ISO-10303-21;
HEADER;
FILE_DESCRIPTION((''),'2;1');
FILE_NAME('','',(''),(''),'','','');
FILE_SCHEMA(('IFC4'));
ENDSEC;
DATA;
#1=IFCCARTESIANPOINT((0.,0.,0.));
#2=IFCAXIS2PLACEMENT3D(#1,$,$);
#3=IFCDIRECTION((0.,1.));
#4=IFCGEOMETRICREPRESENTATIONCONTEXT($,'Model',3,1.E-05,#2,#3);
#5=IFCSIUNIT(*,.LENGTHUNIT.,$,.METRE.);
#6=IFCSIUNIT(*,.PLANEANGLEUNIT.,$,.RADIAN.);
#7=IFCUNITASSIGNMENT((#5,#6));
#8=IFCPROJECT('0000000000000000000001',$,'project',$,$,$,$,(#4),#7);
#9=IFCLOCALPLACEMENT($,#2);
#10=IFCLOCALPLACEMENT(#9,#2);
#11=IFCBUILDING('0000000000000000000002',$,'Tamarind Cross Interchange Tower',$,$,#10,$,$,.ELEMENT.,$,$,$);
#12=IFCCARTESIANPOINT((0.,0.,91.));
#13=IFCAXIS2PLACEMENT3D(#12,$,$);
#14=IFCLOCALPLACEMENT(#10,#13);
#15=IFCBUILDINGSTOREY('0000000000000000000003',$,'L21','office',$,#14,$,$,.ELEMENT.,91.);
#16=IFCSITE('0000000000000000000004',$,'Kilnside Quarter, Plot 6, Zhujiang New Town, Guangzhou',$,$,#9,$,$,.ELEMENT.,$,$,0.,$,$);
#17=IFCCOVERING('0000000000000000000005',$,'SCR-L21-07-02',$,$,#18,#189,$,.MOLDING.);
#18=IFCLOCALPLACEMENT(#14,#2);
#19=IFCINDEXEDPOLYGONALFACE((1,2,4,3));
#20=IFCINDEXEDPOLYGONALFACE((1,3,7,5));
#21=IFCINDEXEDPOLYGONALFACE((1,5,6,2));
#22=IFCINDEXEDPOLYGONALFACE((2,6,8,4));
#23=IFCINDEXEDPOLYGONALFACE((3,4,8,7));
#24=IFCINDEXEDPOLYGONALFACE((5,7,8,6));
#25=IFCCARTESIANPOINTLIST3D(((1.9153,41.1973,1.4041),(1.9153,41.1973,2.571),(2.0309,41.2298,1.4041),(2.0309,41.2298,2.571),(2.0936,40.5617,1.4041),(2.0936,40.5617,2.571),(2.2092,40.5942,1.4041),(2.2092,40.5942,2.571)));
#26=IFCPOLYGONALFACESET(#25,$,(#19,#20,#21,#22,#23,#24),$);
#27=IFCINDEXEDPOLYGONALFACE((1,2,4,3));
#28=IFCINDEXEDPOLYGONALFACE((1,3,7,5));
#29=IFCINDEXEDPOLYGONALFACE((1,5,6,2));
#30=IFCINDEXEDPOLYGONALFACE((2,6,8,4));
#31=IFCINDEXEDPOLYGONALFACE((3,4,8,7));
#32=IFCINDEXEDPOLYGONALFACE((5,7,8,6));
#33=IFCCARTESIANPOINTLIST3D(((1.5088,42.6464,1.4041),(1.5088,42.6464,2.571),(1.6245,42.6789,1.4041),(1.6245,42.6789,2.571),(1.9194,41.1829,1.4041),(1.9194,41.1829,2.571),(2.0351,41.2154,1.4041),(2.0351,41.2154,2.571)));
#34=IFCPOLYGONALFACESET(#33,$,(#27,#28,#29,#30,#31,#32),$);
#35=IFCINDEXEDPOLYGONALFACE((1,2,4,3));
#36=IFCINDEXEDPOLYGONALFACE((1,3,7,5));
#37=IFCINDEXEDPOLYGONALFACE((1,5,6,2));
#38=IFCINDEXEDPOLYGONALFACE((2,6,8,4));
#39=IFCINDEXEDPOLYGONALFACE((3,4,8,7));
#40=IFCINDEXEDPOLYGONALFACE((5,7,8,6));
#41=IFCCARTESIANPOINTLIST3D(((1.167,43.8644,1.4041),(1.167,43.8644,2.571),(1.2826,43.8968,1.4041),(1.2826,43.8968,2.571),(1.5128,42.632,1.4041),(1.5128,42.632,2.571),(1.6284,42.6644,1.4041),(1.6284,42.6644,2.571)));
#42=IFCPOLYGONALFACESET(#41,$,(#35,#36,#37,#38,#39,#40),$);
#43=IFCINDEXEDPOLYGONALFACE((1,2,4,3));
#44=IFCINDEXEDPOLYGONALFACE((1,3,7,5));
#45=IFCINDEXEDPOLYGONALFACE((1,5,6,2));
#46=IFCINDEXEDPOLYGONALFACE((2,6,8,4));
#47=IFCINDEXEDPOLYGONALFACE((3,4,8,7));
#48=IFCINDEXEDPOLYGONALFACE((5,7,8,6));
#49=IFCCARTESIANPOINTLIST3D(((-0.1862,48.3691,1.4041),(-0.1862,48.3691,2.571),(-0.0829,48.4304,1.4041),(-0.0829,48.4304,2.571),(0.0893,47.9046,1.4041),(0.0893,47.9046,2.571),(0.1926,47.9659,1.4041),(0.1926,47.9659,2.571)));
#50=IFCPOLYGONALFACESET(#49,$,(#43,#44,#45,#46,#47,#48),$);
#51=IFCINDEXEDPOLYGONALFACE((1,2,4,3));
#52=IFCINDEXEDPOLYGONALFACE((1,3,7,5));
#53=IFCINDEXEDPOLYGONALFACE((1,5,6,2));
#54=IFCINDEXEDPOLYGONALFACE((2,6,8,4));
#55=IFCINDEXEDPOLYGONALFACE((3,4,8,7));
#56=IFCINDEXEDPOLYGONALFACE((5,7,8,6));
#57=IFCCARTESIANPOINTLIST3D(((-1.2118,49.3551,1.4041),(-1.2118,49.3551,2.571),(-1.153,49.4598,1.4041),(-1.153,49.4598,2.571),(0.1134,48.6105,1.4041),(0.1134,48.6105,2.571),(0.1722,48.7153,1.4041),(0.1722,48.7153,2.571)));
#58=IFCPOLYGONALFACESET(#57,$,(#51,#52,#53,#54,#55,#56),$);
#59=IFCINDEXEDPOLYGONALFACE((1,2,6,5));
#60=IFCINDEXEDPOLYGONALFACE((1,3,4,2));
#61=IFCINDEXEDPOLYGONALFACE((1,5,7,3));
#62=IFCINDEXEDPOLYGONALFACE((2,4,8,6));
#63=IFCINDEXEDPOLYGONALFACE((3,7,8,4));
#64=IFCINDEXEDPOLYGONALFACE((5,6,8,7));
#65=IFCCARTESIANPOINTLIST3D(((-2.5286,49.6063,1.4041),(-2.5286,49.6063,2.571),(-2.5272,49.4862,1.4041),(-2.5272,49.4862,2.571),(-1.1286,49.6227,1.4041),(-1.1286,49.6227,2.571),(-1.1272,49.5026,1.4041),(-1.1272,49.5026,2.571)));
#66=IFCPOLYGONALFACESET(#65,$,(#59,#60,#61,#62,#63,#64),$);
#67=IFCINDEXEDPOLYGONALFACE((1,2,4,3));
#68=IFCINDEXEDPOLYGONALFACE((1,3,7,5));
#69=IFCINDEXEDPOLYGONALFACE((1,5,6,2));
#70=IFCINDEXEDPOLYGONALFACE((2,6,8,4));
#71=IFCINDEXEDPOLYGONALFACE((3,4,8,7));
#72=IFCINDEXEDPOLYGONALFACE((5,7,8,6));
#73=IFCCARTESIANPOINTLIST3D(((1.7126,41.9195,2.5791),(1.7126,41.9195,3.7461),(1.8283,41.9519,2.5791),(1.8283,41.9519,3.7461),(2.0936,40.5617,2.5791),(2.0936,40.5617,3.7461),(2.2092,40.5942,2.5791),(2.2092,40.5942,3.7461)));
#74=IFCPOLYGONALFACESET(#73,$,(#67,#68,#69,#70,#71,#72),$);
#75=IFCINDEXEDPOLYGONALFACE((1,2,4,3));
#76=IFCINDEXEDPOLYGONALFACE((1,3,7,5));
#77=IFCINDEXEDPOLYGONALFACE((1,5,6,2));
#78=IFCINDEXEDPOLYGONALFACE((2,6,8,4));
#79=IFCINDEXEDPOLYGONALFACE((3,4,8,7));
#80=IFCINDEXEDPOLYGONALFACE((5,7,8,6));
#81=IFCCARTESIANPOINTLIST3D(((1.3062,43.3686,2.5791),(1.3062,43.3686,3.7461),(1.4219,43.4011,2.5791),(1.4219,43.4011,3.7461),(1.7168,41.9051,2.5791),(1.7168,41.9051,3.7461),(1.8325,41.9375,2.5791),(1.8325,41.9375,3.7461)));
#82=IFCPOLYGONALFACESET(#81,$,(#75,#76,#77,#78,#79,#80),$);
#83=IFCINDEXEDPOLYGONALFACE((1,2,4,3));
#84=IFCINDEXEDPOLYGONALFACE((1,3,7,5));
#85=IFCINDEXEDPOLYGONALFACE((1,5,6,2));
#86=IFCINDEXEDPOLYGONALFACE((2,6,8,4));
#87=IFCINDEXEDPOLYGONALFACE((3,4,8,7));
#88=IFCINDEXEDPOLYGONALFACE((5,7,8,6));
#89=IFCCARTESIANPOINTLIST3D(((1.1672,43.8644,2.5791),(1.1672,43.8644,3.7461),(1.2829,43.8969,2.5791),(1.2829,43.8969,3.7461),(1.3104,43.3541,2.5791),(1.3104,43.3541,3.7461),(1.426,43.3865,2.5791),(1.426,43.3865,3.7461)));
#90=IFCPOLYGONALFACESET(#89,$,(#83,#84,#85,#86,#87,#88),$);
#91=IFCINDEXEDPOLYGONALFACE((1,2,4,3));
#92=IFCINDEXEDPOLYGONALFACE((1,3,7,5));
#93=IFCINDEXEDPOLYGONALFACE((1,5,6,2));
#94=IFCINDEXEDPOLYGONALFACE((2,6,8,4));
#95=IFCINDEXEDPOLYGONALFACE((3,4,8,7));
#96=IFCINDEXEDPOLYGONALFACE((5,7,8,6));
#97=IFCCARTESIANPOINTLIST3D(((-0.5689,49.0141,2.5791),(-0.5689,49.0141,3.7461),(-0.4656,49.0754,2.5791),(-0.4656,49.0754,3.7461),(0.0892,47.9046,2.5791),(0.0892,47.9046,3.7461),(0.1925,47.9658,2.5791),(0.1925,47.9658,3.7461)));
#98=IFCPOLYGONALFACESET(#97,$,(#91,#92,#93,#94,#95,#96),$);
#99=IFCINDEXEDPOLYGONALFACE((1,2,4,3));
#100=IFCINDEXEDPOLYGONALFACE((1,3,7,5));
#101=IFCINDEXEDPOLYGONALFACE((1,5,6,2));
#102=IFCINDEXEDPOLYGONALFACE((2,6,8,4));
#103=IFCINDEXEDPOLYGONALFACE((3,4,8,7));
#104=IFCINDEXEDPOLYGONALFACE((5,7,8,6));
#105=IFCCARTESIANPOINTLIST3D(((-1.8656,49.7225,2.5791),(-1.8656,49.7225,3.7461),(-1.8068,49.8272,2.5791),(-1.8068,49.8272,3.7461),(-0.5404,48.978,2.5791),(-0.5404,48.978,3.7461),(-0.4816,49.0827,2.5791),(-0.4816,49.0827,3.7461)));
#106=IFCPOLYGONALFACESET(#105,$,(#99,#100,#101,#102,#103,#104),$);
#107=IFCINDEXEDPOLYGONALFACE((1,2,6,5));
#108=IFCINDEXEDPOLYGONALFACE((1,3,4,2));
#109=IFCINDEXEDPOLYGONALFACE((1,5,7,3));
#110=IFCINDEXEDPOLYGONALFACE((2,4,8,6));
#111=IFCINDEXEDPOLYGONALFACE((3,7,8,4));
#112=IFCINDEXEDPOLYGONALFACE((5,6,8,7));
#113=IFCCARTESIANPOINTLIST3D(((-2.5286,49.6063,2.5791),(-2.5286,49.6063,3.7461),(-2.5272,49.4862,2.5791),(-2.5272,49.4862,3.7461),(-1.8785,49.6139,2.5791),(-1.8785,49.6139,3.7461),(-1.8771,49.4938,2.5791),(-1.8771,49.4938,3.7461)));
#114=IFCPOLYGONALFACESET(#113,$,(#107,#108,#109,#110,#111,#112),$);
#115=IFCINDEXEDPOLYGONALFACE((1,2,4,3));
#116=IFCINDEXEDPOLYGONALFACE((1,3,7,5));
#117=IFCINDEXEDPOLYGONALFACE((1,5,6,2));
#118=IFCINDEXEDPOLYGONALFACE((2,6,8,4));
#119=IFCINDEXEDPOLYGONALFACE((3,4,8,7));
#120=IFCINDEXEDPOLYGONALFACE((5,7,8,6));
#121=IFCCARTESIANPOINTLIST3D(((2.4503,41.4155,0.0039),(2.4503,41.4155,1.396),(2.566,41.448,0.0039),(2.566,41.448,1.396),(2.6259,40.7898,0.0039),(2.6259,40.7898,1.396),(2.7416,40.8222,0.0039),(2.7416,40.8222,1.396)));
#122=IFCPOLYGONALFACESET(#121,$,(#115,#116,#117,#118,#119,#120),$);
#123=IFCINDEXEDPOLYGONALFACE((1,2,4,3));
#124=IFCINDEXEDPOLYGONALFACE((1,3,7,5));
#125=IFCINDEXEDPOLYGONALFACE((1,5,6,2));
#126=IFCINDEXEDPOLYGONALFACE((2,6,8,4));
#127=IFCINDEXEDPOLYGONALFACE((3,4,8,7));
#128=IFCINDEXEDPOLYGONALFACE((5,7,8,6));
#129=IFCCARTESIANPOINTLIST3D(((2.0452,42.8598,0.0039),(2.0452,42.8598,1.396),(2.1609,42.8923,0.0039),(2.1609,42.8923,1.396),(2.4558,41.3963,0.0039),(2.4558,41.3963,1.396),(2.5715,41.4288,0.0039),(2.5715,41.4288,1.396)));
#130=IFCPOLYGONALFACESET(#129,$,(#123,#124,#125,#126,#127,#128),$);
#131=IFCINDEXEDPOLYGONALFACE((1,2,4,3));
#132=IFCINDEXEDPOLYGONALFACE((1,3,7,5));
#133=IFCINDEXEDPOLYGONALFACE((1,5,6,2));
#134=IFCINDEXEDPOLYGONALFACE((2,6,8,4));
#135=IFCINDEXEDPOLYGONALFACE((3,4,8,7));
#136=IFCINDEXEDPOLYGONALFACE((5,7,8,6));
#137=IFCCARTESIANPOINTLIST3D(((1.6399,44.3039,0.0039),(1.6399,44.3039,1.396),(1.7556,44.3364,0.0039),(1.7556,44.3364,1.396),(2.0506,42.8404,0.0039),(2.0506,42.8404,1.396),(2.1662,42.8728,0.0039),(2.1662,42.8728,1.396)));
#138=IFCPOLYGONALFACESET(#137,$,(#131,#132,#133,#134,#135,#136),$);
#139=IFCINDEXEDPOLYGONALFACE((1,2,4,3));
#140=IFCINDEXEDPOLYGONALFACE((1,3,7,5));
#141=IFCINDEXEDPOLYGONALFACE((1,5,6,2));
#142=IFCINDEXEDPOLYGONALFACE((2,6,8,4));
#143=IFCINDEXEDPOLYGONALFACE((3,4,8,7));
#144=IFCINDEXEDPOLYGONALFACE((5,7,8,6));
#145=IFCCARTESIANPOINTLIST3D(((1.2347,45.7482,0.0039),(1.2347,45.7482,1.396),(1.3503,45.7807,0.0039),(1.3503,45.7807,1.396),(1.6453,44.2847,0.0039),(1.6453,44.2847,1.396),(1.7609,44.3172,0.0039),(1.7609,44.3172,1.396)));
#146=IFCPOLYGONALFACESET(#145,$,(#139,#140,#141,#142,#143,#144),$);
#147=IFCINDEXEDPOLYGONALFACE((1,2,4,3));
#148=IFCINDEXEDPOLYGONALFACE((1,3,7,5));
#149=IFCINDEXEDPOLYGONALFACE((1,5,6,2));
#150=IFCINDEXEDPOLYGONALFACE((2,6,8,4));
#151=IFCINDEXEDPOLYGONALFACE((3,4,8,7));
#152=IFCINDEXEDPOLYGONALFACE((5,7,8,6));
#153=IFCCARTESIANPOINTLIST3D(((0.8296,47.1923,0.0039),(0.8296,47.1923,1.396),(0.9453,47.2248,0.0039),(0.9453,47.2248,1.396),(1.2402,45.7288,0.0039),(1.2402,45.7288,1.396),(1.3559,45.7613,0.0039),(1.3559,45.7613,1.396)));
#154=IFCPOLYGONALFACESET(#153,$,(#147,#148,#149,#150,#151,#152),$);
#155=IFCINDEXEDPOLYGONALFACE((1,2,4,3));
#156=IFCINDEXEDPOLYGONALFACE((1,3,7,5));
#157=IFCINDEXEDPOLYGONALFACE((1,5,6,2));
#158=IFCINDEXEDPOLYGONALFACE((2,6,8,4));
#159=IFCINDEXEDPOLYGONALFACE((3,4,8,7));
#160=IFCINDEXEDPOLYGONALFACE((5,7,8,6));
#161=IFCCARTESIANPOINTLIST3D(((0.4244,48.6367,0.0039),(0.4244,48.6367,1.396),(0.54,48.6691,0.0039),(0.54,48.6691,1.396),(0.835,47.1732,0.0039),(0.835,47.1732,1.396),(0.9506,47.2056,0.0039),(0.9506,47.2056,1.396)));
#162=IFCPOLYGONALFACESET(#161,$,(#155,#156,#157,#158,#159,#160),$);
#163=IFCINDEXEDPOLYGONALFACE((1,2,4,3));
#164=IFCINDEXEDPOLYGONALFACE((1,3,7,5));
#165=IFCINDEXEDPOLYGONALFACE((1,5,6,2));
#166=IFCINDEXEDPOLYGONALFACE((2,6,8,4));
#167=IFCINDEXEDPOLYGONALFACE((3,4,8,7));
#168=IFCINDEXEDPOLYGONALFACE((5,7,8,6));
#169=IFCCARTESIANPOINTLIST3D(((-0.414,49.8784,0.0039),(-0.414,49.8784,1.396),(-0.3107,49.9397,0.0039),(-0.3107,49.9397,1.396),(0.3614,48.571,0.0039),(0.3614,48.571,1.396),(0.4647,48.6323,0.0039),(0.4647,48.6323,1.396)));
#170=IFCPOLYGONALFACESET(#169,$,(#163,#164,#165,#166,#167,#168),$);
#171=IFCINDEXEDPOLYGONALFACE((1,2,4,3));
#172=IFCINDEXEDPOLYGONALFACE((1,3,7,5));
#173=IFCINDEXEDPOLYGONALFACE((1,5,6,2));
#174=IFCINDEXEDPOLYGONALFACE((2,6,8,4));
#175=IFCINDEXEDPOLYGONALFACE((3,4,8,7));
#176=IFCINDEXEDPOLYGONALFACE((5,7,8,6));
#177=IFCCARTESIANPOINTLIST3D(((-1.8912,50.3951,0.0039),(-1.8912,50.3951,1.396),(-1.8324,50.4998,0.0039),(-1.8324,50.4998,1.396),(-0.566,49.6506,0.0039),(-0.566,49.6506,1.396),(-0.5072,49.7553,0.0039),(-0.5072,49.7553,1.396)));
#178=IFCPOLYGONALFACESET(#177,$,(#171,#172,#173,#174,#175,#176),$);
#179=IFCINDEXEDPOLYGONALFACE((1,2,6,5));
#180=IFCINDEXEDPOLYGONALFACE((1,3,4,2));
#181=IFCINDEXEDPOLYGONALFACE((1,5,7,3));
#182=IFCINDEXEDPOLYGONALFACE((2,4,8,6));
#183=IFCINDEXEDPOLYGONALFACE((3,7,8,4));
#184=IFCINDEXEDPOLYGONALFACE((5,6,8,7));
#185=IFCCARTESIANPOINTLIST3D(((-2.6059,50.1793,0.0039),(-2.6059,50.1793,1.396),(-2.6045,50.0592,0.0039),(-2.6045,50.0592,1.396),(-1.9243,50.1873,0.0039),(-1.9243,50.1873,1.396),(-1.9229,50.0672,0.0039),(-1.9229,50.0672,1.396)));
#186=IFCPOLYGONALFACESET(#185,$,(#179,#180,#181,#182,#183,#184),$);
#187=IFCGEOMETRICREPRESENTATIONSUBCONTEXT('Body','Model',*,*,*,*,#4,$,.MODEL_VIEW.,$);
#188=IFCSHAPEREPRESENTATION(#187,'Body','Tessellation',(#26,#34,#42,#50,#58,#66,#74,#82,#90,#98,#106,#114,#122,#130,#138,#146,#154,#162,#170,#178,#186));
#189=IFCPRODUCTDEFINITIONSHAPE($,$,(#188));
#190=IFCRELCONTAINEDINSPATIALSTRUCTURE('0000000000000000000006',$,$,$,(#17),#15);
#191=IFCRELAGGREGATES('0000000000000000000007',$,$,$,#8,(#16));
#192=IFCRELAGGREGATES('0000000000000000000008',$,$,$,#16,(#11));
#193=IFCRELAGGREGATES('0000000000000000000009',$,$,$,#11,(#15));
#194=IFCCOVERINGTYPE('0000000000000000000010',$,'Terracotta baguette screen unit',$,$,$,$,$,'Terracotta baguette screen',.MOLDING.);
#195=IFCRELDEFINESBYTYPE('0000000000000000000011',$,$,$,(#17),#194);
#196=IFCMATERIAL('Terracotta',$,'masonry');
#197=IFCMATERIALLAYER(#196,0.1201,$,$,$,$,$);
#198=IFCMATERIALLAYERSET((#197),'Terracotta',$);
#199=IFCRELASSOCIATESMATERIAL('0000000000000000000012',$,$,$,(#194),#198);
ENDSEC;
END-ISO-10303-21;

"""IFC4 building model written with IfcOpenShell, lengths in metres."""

from ifc_helpers import new_model, si_unit, direction, frame, origin, origin_2d, place, context, subcontext, project, spatial, rectangle, extrude, material, layer, layer_set, type_object, element, save


model = new_model("IFC4")

# Units and contexts
model_context = context("Model", 3, precision=1e-05, world=origin(), true_north=direction((0.0, 1.0)))
body_context = subcontext(model_context, "Body", "Model", "MODEL_VIEW")
ifc_project = project(units=[si_unit("LENGTHUNIT", "METRE"), si_unit("PLANEANGLEUNIT", "RADIAN")], contexts=[model_context])

# Site, building, storey
site_placement = place(None, origin())
site = spatial("IfcSite", under=ifc_project, at=site_placement, Name="Kilnside Quarter, Plot 6, Zhujiang New Town, Guangzhou", CompositionType="ELEMENT", RefElevation=0.0)
building_placement = place(site_placement, origin())
building = spatial("IfcBuilding", under=site, at=building_placement, Name="Tamarind Cross Interchange Tower", CompositionType="ELEMENT")
storey_placement = place(building_placement, frame((0.0, 0.0, 91.0)))
storey = spatial("IfcBuildingStorey", under=building, at=storey_placement, Name="L21", Description="office", CompositionType="ELEMENT", Elevation=91.0)

# Covering
ifc_material_1 = material(Name="Terracotta", Category="masonry")
ifc_layer_1 = layer(ifc_material_1, 0.1201)
ifc_layer_set_1 = layer_set([ifc_layer_1], Name="Terracotta")
covering_type = type_object("IfcCoveringType", Name="Terracotta baguette screen unit", ElementType="Terracotta baguette screen", PredefinedType="MOLDING", material=ifc_layer_set_1)
covering_1_placement = place(storey_placement, origin())
element("IfcCovering", 1, at=covering_1_placement, inside=storey, type_object=covering_type, Name="SCR-L21-07-02", PredefinedType="MOLDING", context=body_context, shape_type="SweptSolid", body=[
    extrude(rectangle(XDim=0.6602, YDim=0.1201, at=origin_2d()), frame((2.0623, 40.8958, 1.4041), z_axis=(0.0, 0.0, 1.0), x_axis=(-0.27013, 0.962824, 0.0)), (0.0, 0.0, 1.0), 1.167),
    extrude(rectangle(XDim=1.52, YDim=0.1201, at=origin_2d()), frame((1.772, 41.9309, 1.4041), z_axis=(0.0, 0.0, 1.0), x_axis=(-0.27013, 0.962824, 0.0)), (0.0, 0.0, 1.0), 1.167),
    extrude(rectangle(XDim=1.28, YDim=0.1201, at=origin_2d()), frame((1.3977, 43.2644, 1.4041), z_axis=(0.0, 0.0, 1.0), x_axis=(-0.27013, 0.962824, 0.0)), (0.0, 0.0, 1.0), 1.167),
    extrude(rectangle(XDim=0.54, YDim=0.1201, at=origin_2d()), frame((0.0032, 48.1675, 1.4041), z_axis=(0.0, 0.0, 1.0), x_axis=(-0.510123, 0.860102, 0.0)), (0.0, 0.0, 1.0), 1.167),
    extrude(rectangle(XDim=1.52, YDim=0.1201, at=origin_2d()), frame((-0.5198, 49.0352, 1.4041), z_axis=(0.0, 0.0, 1.0), x_axis=(-0.87183, 0.489809, 0.0)), (0.0, 0.0, 1.0), 1.167),
    extrude(rectangle(XDim=1.4001, YDim=0.1201, at=origin_2d()), frame((-1.8279, 49.5544, 1.4041), z_axis=(0.0, 0.0, 1.0), x_axis=(-0.999931, -0.011728, 0.0)), (0.0, 0.0, 1.0), 1.167),
    extrude(rectangle(XDim=1.4102, YDim=0.1201, at=origin_2d()), frame((1.9609, 41.2568, 2.5791), z_axis=(0.0, 0.0, 1.0), x_axis=(-0.27013, 0.962824, 0.0)), (0.0, 0.0, 1.0), 1.167),
    extrude(rectangle(XDim=1.52, YDim=0.1201, at=origin_2d()), frame((1.5693, 42.6531, 2.5791), z_axis=(0.0, 0.0, 1.0), x_axis=(-0.27013, 0.962824, 0.0)), (0.0, 0.0, 1.0), 1.167),
    extrude(rectangle(XDim=0.53, YDim=0.1201, at=origin_2d()), frame((1.2966, 43.6255, 2.5791), z_axis=(0.0, 0.0, 1.0), x_axis=(-0.27013, 0.962824, 0.0)), (0.0, 0.0, 1.0), 1.167),
    extrude(rectangle(XDim=1.29, YDim=0.1201, at=origin_2d()), frame((-0.1882, 48.49, 2.5791), z_axis=(0.0, 0.0, 1.0), x_axis=(-0.510123, 0.860102, 0.0)), (0.0, 0.0, 1.0), 1.167),
    extrude(rectangle(XDim=1.52, YDim=0.1201, at=origin_2d()), frame((-1.1736, 49.4026, 2.5791), z_axis=(0.0, 0.0, 1.0), x_axis=(-0.87183, 0.489809, 0.0)), (0.0, 0.0, 1.0), 1.167),
    extrude(rectangle(XDim=0.6501, YDim=0.1201, at=origin_2d()), frame((-2.2029, 49.55, 2.5791), z_axis=(0.0, 0.0, 1.0), x_axis=(-0.999931, -0.011728, 0.0)), (0.0, 0.0, 1.0), 1.167),
    extrude(rectangle(XDim=0.6499, YDim=0.1201, at=origin_2d()), frame((2.5959, 41.1189, 0.0039), z_axis=(0.0, 0.0, 1.0), x_axis=(-0.27013, 0.962824, 0.0)), (0.0, 0.0, 1.0), 1.3921),
    extrude(rectangle(XDim=1.52, YDim=0.1201, at=origin_2d()), frame((2.3083, 42.1443, 0.0039), z_axis=(0.0, 0.0, 1.0), x_axis=(-0.27013, 0.962824, 0.0)), (0.0, 0.0, 1.0), 1.3921),
    extrude(rectangle(XDim=1.52, YDim=0.1201, at=origin_2d()), frame((1.9031, 43.5884, 0.0039), z_axis=(0.0, 0.0, 1.0), x_axis=(-0.27013, 0.962824, 0.0)), (0.0, 0.0, 1.0), 1.3921),
    extrude(rectangle(XDim=1.52, YDim=0.1201, at=origin_2d()), frame((1.4978, 45.0327, 0.0039), z_axis=(0.0, 0.0, 1.0), x_axis=(-0.27013, 0.962824, 0.0)), (0.0, 0.0, 1.0), 1.3921),
    extrude(rectangle(XDim=1.52, YDim=0.1201, at=origin_2d()), frame((1.0928, 46.4768, 0.0039), z_axis=(0.0, 0.0, 1.0), x_axis=(-0.27013, 0.962824, 0.0)), (0.0, 0.0, 1.0), 1.3921),
    extrude(rectangle(XDim=1.52, YDim=0.1201, at=origin_2d()), frame((0.6875, 47.9211, 0.0039), z_axis=(0.0, 0.0, 1.0), x_axis=(-0.27013, 0.962824, 0.0)), (0.0, 0.0, 1.0), 1.3921),
    extrude(rectangle(XDim=1.52, YDim=0.1201, at=origin_2d()), frame((0.0254, 49.2554, 0.0039), z_axis=(0.0, 0.0, 1.0), x_axis=(-0.510123, 0.860102, 0.0)), (0.0, 0.0, 1.0), 1.3921),
    extrude(rectangle(XDim=1.52, YDim=0.1201, at=origin_2d()), frame((-1.1992, 50.0752, 0.0039), z_axis=(0.0, 0.0, 1.0), x_axis=(-0.87183, 0.489809, 0.0)), (0.0, 0.0, 1.0), 1.3921),
    extrude(rectangle(XDim=0.6816, YDim=0.1201, at=origin_2d()), frame((-2.2644, 50.1233, 0.0039), z_axis=(0.0, 0.0, 1.0), x_axis=(-0.999931, -0.011728, 0.0)), (0.0, 0.0, 1.0), 1.3921),
])

save(model, "model.ifc")
